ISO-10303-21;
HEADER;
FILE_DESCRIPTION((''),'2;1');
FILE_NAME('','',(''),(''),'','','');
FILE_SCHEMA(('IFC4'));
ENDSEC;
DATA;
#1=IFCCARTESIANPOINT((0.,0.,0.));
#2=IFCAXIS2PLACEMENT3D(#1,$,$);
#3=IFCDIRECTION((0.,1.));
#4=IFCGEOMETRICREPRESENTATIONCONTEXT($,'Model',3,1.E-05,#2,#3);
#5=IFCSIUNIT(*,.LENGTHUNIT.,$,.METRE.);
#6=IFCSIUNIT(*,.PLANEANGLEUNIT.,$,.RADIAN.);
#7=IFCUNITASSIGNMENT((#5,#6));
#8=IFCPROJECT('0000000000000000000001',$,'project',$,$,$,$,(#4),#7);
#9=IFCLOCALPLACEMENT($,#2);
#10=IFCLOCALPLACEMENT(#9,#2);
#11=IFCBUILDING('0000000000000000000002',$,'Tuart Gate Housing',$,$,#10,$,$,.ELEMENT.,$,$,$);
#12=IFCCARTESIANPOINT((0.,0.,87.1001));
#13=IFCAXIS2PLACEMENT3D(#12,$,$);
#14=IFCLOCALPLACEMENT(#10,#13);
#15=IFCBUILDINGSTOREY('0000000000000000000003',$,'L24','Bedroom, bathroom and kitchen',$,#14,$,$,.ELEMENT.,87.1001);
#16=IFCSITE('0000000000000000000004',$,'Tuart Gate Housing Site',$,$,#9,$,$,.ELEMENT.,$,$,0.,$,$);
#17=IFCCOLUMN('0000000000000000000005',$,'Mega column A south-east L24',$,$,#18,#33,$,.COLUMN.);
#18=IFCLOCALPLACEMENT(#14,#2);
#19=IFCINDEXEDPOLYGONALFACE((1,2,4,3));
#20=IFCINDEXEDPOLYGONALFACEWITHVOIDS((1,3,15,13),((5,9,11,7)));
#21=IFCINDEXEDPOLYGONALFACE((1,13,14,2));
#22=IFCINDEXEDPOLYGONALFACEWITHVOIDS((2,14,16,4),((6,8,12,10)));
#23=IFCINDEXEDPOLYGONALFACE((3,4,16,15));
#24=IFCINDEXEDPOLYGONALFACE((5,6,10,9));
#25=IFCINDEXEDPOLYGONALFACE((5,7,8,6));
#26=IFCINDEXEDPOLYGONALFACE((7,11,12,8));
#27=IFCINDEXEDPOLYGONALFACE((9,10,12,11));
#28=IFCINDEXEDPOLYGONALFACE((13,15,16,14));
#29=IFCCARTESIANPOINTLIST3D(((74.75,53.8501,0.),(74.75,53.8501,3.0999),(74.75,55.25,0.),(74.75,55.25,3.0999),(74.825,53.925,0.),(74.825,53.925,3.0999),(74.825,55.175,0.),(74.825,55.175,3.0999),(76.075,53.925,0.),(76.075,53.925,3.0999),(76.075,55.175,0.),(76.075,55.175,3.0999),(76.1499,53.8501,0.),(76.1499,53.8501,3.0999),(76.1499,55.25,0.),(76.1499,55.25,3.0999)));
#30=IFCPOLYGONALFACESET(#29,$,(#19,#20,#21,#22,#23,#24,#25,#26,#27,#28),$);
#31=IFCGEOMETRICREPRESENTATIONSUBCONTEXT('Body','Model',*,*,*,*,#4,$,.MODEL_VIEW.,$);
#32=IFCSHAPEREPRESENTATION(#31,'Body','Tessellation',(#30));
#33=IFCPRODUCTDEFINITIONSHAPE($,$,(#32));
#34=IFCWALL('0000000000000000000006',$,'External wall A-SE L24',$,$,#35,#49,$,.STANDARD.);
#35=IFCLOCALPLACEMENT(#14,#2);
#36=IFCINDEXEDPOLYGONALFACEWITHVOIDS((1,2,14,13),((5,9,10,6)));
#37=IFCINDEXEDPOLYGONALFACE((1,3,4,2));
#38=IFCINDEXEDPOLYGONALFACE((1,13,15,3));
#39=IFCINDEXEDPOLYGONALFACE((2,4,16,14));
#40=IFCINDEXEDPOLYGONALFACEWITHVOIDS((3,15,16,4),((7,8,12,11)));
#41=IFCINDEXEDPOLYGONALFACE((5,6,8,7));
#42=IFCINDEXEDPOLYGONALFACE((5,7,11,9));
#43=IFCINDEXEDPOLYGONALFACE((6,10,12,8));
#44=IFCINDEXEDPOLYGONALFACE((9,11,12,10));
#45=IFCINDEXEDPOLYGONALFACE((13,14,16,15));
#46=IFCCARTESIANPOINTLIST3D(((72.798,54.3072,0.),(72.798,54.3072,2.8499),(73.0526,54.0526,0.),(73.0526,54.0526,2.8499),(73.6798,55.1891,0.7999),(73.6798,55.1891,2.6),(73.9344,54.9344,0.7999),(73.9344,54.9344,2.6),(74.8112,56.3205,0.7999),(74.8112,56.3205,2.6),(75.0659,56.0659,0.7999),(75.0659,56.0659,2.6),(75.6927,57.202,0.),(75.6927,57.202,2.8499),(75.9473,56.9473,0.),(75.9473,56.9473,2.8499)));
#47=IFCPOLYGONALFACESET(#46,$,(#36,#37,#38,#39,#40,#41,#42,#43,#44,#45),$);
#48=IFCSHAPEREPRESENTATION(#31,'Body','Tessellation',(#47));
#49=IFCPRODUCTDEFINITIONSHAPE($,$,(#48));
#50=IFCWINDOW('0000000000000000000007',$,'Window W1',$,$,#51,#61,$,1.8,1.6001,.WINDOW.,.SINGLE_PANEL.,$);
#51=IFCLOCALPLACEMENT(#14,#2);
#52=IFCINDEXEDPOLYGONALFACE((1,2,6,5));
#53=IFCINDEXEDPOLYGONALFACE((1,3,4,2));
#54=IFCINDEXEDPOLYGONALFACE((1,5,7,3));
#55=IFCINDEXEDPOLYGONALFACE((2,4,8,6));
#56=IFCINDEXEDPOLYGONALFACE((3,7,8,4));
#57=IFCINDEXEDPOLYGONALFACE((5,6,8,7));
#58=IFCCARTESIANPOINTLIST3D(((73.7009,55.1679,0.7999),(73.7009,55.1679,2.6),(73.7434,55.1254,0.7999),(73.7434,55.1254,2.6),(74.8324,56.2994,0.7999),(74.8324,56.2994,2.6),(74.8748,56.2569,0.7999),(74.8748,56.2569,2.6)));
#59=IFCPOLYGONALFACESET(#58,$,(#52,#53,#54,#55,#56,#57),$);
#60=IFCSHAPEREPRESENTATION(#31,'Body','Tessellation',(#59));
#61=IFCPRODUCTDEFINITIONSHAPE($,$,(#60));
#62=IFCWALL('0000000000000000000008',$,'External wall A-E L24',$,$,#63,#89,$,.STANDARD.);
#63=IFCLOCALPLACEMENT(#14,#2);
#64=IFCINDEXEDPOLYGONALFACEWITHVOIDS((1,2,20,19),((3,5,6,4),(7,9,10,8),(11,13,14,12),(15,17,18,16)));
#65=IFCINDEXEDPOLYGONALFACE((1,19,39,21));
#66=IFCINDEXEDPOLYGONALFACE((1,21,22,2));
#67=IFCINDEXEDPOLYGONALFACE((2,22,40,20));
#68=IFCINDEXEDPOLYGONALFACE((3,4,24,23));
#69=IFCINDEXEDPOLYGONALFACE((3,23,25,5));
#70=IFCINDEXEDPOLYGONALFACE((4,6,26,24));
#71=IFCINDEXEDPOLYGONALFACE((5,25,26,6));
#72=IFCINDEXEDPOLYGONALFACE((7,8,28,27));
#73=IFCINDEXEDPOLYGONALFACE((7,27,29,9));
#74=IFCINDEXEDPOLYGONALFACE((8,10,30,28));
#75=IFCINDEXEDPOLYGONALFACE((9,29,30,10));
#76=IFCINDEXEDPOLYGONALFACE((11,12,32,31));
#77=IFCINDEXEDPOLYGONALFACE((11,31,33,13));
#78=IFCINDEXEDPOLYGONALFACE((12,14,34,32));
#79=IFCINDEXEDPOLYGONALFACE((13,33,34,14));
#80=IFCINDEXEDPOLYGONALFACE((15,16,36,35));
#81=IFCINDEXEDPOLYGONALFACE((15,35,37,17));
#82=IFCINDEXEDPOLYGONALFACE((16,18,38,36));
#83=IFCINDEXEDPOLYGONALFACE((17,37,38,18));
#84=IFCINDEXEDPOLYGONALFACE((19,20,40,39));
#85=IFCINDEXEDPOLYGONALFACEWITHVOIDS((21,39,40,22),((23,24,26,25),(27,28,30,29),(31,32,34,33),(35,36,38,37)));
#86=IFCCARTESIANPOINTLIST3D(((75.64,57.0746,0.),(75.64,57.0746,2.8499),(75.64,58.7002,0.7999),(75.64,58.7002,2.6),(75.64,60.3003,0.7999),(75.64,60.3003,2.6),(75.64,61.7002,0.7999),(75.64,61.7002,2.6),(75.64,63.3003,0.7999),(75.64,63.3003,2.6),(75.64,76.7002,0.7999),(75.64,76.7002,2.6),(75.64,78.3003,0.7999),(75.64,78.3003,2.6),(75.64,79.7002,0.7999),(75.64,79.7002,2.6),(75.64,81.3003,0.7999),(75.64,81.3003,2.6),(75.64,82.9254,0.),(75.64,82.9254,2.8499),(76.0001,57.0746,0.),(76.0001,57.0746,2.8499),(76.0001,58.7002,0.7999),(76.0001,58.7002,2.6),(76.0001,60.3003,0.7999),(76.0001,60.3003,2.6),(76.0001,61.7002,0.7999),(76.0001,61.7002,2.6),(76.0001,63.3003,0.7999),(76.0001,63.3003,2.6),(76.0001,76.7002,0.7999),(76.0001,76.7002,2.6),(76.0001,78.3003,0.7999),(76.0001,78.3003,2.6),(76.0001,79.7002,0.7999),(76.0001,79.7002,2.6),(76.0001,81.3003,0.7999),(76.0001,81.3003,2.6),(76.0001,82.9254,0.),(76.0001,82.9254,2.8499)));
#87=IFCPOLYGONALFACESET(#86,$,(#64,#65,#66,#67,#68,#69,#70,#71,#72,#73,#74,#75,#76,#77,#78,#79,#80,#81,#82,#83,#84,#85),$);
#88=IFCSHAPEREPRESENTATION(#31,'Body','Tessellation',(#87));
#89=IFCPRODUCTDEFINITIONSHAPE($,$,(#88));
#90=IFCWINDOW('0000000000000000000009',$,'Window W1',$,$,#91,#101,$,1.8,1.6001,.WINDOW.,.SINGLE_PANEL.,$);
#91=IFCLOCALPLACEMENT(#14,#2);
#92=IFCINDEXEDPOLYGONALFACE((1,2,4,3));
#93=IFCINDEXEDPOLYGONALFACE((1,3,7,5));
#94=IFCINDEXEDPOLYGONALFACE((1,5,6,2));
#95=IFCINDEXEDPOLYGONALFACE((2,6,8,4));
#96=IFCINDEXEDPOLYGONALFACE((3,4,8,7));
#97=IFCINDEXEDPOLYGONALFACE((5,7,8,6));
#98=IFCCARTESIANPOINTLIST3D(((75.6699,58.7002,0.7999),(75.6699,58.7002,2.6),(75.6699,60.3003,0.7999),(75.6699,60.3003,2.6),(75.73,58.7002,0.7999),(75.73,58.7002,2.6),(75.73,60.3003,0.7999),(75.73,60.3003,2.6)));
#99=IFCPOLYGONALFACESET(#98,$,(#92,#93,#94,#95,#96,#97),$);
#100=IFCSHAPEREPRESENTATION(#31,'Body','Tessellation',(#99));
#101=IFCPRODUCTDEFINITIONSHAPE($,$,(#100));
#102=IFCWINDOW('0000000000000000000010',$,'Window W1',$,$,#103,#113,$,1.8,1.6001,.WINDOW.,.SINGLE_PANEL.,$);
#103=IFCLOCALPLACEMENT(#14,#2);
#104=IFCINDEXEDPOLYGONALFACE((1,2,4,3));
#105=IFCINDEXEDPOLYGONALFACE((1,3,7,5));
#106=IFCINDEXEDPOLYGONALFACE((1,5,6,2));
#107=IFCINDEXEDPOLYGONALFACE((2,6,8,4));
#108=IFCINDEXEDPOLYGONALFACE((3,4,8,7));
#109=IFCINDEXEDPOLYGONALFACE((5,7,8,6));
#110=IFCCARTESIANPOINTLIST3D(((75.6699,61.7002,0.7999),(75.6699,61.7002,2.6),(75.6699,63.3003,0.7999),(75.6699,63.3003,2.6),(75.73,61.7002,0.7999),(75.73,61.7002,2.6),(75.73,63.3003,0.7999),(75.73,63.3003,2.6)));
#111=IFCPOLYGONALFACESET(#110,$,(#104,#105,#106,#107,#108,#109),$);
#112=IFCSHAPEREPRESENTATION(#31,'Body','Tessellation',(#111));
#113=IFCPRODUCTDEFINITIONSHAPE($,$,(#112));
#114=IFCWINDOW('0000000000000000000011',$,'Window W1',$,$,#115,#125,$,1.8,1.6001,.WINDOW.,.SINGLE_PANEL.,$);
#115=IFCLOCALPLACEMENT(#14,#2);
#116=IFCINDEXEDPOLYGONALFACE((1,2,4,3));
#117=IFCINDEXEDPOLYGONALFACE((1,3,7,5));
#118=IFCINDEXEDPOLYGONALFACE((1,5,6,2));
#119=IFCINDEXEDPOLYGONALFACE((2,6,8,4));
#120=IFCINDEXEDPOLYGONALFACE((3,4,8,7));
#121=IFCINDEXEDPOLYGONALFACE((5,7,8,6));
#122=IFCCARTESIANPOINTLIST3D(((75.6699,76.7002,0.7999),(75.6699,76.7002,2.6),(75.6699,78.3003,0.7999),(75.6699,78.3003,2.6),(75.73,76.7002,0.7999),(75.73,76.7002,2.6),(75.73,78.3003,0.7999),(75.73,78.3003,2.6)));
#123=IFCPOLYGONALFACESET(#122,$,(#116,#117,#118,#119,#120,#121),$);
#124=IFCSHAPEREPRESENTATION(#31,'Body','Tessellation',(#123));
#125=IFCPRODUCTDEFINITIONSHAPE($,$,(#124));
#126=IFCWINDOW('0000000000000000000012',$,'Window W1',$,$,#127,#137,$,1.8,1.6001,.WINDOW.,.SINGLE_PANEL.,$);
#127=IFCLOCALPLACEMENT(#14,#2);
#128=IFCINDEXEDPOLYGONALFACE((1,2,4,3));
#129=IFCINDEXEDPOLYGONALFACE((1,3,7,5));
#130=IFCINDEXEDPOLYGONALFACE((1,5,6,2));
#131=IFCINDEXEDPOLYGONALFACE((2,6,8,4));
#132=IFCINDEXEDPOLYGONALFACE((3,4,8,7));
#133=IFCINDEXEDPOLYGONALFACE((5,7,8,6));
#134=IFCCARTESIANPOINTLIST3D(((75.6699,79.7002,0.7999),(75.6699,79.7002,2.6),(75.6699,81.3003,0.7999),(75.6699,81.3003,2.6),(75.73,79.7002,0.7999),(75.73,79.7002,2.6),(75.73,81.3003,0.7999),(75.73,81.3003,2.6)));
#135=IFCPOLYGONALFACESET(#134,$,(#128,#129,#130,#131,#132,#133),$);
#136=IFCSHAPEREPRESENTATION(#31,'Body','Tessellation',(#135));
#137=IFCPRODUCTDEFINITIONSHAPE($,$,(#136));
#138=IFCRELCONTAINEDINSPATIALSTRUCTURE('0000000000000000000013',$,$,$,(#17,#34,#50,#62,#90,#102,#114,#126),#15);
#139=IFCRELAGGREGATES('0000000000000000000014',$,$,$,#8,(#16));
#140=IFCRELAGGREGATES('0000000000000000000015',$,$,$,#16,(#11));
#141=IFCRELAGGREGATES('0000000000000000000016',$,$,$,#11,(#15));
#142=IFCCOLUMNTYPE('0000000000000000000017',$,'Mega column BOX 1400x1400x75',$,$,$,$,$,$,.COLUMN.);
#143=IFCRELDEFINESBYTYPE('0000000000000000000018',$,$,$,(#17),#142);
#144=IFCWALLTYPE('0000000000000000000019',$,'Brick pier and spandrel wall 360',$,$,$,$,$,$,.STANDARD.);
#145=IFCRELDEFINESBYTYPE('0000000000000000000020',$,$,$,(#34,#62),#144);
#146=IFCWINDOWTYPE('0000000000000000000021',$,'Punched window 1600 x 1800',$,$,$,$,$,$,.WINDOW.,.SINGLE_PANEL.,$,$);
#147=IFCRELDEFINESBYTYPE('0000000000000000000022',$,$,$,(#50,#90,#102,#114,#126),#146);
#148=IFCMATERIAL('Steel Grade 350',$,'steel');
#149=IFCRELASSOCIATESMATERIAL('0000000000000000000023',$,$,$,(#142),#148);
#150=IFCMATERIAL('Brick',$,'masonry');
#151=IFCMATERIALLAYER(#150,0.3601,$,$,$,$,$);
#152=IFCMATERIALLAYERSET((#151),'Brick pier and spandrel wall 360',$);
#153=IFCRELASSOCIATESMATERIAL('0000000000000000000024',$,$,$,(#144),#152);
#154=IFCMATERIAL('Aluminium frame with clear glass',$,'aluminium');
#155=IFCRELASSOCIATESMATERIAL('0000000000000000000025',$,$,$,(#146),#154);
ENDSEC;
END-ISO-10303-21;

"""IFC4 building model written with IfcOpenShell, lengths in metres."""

from ifc_helpers import new_model, si_unit, direction, frame, frame_2d, origin, origin_2d, place, context, subcontext, project, spatial, rectangle, hollow_rectangle, extrude, material, layer, layer_set, material_profile, profile_set, type_object, element, fill, save


model = new_model("IFC4")

# Units and contexts
model_context = context("Model", 3, precision=1e-05, world=origin(), true_north=direction((0.0, 1.0)))
body_context = subcontext(model_context, "Body", "Model", "MODEL_VIEW")
ifc_project = project(units=[si_unit("LENGTHUNIT", "METRE"), si_unit("PLANEANGLEUNIT", "RADIAN")], contexts=[model_context])

# Site, building, storey
site_placement = place(None, origin())
site = spatial("IfcSite", under=ifc_project, at=site_placement, Name="Tuart Gate Housing Site", CompositionType="ELEMENT", RefElevation=0.0)
building_placement = place(site_placement, origin())
building = spatial("IfcBuilding", under=site, at=building_placement, Name="Tuart Gate Housing", CompositionType="ELEMENT")
storey_placement = place(building_placement, frame((0.0, 0.0, 87.1001)))
storey = spatial("IfcBuildingStorey", under=building, at=storey_placement, Name="L24", Description="Bedroom, bathroom and kitchen", CompositionType="ELEMENT", Elevation=87.1001)

# Column
ifc_material_1 = material(Name="Steel Grade 350", Category="steel")
ifc_material_profile = material_profile(ifc_material_1, hollow_rectangle(XDim=1.3999, YDim=1.3999, WallThickness=0.075, at=origin_2d()), Name="BOX 1400x1400x75")
ifc_profile_set = profile_set([ifc_material_profile], Name="Steel Grade 350")
column_type = type_object("IfcColumnType", Name="Mega column BOX 1400x1400x75", PredefinedType="COLUMN", material=ifc_profile_set)
column_placement = place(storey_placement, frame((75.45, 54.55, 0.0), z_axis=(0.0, 0.0, 1.0), x_axis=(1.0, 0.0, 0.0)))
element("IfcColumn", 1, at=column_placement, inside=storey, type_object=column_type, Name="Mega column A south-east L24", PredefinedType="COLUMN", context=body_context, shape_type="SweptSolid", body=[
    extrude(hollow_rectangle(XDim=1.3999, YDim=1.3999, WallThickness=0.075, at=origin_2d()), origin(), (0.0, 0.0, 1.0), 3.0999),
])

# Wall, opening, window
ifc_material_2 = material(Name="Brick", Category="masonry")
ifc_layer = layer(ifc_material_2, 0.3601)
ifc_layer_set = layer_set([ifc_layer], Name="Brick pier and spandrel wall 360")
wall_type = type_object("IfcWallType", Name="Brick pier and spandrel wall 360", PredefinedType="STANDARD", material=ifc_layer_set)
wall_1_placement = place(storey_placement, frame((72.9253, 54.1799, 0.0), z_axis=(0.0, 0.0, 1.0), x_axis=(0.707107, 0.707107, 0.0)))
wall_1 = element("IfcWall", 2, at=wall_1_placement, inside=storey, type_object=wall_type, Name="External wall A-SE L24", PredefinedType="STANDARD", context=body_context, shape_type="SweptSolid", body=[
    extrude(rectangle(XDim=4.0938, YDim=0.3601, at=frame_2d((2.0469, 0.0))), origin(), (0.0, 0.0, 1.0), 2.8499),
])
opening_1_placement = place(wall_1_placement, frame((1.2471, 0.0, 0.8)))
opening_1 = element("IfcOpeningElement", 3, at=opening_1_placement, cuts=wall_1, PredefinedType="OPENING", context=body_context, shape_type="SweptSolid", body=[
    extrude(rectangle(XDim=1.6001, YDim=1.8, at=frame_2d((0.8, 0.8999))), frame((0.0, 0.1899, 0.0), z_axis=(0.0, -1.0, 0.0), x_axis=(1.0, 0.0, 0.0)), (0.0, 0.0, 1.0), 0.3801),
])
ifc_material_3 = material(Name="Aluminium frame with clear glass", Category="aluminium")
window_type = type_object("IfcWindowType", Name="Punched window 1600 x 1800", PartitioningType="SINGLE_PANEL", PredefinedType="WINDOW", material=ifc_material_3)
window_1_placement = place(opening_1_placement, origin())
window_1 = element("IfcWindow", 4, at=window_1_placement, inside=storey, type_object=window_type, Name="Window W1", OverallHeight=1.8, OverallWidth=1.6001, PartitioningType="SINGLE_PANEL", PredefinedType="WINDOW", context=body_context, shape_type="SweptSolid", body=[
    extrude(rectangle(XDim=1.6001, YDim=1.8, at=frame_2d((0.8, 0.8999))), frame((0.0, 0.1501, 0.0), z_axis=(0.0, -1.0, 0.0), x_axis=(1.0, 0.0, 0.0)), (0.0, 0.0, 1.0), 0.0601),
])
fill(opening_1, window_1)

# Wall, openings, windows
wall_2_placement = place(storey_placement, frame((75.8201, 57.0747, 0.0), z_axis=(0.0, 0.0, 1.0), x_axis=(0.0, 1.0, 0.0)))
wall_2 = element("IfcWall", 5, at=wall_2_placement, inside=storey, type_object=wall_type, Name="External wall A-E L24", PredefinedType="STANDARD", context=body_context, shape_type="SweptSolid", body=[
    extrude(rectangle(XDim=25.8508, YDim=0.3601, at=frame_2d((12.9253, 0.0))), origin(), (0.0, 0.0, 1.0), 2.8499),
])
opening_2_placement = place(wall_2_placement, frame((1.6255, 0.0, 0.8)))
opening_2 = element("IfcOpeningElement", 6, at=opening_2_placement, cuts=wall_2, PredefinedType="OPENING", context=body_context, shape_type="SweptSolid", body=[
    extrude(rectangle(XDim=1.6001, YDim=1.8, at=frame_2d((0.8, 0.8999))), frame((0.0, 0.1899, 0.0), z_axis=(0.0, -1.0, 0.0), x_axis=(1.0, 0.0, 0.0)), (0.0, 0.0, 1.0), 0.3801),
])
opening_3_placement = place(wall_2_placement, frame((4.6255, 0.0, 0.8)))
opening_3 = element("IfcOpeningElement", 7, at=opening_3_placement, cuts=wall_2, PredefinedType="OPENING", context=body_context, shape_type="SweptSolid", body=[
    extrude(rectangle(XDim=1.6001, YDim=1.8, at=frame_2d((0.8, 0.8999))), frame((0.0, 0.1899, 0.0), z_axis=(0.0, -1.0, 0.0), x_axis=(1.0, 0.0, 0.0)), (0.0, 0.0, 1.0), 0.3801),
])
opening_4_placement = place(wall_2_placement, frame((19.6255, 0.0, 0.8)))
opening_4 = element("IfcOpeningElement", 8, at=opening_4_placement, cuts=wall_2, PredefinedType="OPENING", context=body_context, shape_type="SweptSolid", body=[
    extrude(rectangle(XDim=1.6001, YDim=1.8, at=frame_2d((0.8, 0.8999))), frame((0.0, 0.1899, 0.0), z_axis=(0.0, -1.0, 0.0), x_axis=(1.0, 0.0, 0.0)), (0.0, 0.0, 1.0), 0.3801),
])
opening_5_placement = place(wall_2_placement, frame((22.6255, 0.0, 0.8)))
opening_5 = element("IfcOpeningElement", 9, at=opening_5_placement, cuts=wall_2, PredefinedType="OPENING", context=body_context, shape_type="SweptSolid", body=[
    extrude(rectangle(XDim=1.6001, YDim=1.8, at=frame_2d((0.8, 0.8999))), frame((0.0, 0.1899, 0.0), z_axis=(0.0, -1.0, 0.0), x_axis=(1.0, 0.0, 0.0)), (0.0, 0.0, 1.0), 0.3801),
])
window_2_placement = place(opening_2_placement, origin())
window_2 = element("IfcWindow", 10, at=window_2_placement, inside=storey, type_object=window_type, Name="Window W1", OverallHeight=1.8, OverallWidth=1.6001, PartitioningType="SINGLE_PANEL", PredefinedType="WINDOW", context=body_context, shape_type="SweptSolid", body=[
    extrude(rectangle(XDim=1.6001, YDim=1.8, at=frame_2d((0.8, 0.8999))), frame((0.0, 0.1501, 0.0), z_axis=(0.0, -1.0, 0.0), x_axis=(1.0, 0.0, 0.0)), (0.0, 0.0, 1.0), 0.0601),
])
fill(opening_2, window_2)
window_3_placement = place(opening_3_placement, origin())
window_3 = element("IfcWindow", 11, at=window_3_placement, inside=storey, type_object=window_type, Name="Window W1", OverallHeight=1.8, OverallWidth=1.6001, PartitioningType="SINGLE_PANEL", PredefinedType="WINDOW", context=body_context, shape_type="SweptSolid", body=[
    extrude(rectangle(XDim=1.6001, YDim=1.8, at=frame_2d((0.8, 0.8999))), frame((0.0, 0.1501, 0.0), z_axis=(0.0, -1.0, 0.0), x_axis=(1.0, 0.0, 0.0)), (0.0, 0.0, 1.0), 0.0601),
])
fill(opening_3, window_3)
window_4_placement = place(opening_4_placement, origin())
window_4 = element("IfcWindow", 12, at=window_4_placement, inside=storey, type_object=window_type, Name="Window W1", OverallHeight=1.8, OverallWidth=1.6001, PartitioningType="SINGLE_PANEL", PredefinedType="WINDOW", context=body_context, shape_type="SweptSolid", body=[
    extrude(rectangle(XDim=1.6001, YDim=1.8, at=frame_2d((0.8, 0.8999))), frame((0.0, 0.1501, 0.0), z_axis=(0.0, -1.0, 0.0), x_axis=(1.0, 0.0, 0.0)), (0.0, 0.0, 1.0), 0.0601),
])
fill(opening_4, window_4)
window_5_placement = place(opening_5_placement, origin())
window_5 = element("IfcWindow", 13, at=window_5_placement, inside=storey, type_object=window_type, Name="Window W1", OverallHeight=1.8, OverallWidth=1.6001, PartitioningType="SINGLE_PANEL", PredefinedType="WINDOW", context=body_context, shape_type="SweptSolid", body=[
    extrude(rectangle(XDim=1.6001, YDim=1.8, at=frame_2d((0.8, 0.8999))), frame((0.0, 0.1501, 0.0), z_axis=(0.0, -1.0, 0.0), x_axis=(1.0, 0.0, 0.0)), (0.0, 0.0, 1.0), 0.0601),
])
fill(opening_5, window_5)

save(model, "model.ifc")
